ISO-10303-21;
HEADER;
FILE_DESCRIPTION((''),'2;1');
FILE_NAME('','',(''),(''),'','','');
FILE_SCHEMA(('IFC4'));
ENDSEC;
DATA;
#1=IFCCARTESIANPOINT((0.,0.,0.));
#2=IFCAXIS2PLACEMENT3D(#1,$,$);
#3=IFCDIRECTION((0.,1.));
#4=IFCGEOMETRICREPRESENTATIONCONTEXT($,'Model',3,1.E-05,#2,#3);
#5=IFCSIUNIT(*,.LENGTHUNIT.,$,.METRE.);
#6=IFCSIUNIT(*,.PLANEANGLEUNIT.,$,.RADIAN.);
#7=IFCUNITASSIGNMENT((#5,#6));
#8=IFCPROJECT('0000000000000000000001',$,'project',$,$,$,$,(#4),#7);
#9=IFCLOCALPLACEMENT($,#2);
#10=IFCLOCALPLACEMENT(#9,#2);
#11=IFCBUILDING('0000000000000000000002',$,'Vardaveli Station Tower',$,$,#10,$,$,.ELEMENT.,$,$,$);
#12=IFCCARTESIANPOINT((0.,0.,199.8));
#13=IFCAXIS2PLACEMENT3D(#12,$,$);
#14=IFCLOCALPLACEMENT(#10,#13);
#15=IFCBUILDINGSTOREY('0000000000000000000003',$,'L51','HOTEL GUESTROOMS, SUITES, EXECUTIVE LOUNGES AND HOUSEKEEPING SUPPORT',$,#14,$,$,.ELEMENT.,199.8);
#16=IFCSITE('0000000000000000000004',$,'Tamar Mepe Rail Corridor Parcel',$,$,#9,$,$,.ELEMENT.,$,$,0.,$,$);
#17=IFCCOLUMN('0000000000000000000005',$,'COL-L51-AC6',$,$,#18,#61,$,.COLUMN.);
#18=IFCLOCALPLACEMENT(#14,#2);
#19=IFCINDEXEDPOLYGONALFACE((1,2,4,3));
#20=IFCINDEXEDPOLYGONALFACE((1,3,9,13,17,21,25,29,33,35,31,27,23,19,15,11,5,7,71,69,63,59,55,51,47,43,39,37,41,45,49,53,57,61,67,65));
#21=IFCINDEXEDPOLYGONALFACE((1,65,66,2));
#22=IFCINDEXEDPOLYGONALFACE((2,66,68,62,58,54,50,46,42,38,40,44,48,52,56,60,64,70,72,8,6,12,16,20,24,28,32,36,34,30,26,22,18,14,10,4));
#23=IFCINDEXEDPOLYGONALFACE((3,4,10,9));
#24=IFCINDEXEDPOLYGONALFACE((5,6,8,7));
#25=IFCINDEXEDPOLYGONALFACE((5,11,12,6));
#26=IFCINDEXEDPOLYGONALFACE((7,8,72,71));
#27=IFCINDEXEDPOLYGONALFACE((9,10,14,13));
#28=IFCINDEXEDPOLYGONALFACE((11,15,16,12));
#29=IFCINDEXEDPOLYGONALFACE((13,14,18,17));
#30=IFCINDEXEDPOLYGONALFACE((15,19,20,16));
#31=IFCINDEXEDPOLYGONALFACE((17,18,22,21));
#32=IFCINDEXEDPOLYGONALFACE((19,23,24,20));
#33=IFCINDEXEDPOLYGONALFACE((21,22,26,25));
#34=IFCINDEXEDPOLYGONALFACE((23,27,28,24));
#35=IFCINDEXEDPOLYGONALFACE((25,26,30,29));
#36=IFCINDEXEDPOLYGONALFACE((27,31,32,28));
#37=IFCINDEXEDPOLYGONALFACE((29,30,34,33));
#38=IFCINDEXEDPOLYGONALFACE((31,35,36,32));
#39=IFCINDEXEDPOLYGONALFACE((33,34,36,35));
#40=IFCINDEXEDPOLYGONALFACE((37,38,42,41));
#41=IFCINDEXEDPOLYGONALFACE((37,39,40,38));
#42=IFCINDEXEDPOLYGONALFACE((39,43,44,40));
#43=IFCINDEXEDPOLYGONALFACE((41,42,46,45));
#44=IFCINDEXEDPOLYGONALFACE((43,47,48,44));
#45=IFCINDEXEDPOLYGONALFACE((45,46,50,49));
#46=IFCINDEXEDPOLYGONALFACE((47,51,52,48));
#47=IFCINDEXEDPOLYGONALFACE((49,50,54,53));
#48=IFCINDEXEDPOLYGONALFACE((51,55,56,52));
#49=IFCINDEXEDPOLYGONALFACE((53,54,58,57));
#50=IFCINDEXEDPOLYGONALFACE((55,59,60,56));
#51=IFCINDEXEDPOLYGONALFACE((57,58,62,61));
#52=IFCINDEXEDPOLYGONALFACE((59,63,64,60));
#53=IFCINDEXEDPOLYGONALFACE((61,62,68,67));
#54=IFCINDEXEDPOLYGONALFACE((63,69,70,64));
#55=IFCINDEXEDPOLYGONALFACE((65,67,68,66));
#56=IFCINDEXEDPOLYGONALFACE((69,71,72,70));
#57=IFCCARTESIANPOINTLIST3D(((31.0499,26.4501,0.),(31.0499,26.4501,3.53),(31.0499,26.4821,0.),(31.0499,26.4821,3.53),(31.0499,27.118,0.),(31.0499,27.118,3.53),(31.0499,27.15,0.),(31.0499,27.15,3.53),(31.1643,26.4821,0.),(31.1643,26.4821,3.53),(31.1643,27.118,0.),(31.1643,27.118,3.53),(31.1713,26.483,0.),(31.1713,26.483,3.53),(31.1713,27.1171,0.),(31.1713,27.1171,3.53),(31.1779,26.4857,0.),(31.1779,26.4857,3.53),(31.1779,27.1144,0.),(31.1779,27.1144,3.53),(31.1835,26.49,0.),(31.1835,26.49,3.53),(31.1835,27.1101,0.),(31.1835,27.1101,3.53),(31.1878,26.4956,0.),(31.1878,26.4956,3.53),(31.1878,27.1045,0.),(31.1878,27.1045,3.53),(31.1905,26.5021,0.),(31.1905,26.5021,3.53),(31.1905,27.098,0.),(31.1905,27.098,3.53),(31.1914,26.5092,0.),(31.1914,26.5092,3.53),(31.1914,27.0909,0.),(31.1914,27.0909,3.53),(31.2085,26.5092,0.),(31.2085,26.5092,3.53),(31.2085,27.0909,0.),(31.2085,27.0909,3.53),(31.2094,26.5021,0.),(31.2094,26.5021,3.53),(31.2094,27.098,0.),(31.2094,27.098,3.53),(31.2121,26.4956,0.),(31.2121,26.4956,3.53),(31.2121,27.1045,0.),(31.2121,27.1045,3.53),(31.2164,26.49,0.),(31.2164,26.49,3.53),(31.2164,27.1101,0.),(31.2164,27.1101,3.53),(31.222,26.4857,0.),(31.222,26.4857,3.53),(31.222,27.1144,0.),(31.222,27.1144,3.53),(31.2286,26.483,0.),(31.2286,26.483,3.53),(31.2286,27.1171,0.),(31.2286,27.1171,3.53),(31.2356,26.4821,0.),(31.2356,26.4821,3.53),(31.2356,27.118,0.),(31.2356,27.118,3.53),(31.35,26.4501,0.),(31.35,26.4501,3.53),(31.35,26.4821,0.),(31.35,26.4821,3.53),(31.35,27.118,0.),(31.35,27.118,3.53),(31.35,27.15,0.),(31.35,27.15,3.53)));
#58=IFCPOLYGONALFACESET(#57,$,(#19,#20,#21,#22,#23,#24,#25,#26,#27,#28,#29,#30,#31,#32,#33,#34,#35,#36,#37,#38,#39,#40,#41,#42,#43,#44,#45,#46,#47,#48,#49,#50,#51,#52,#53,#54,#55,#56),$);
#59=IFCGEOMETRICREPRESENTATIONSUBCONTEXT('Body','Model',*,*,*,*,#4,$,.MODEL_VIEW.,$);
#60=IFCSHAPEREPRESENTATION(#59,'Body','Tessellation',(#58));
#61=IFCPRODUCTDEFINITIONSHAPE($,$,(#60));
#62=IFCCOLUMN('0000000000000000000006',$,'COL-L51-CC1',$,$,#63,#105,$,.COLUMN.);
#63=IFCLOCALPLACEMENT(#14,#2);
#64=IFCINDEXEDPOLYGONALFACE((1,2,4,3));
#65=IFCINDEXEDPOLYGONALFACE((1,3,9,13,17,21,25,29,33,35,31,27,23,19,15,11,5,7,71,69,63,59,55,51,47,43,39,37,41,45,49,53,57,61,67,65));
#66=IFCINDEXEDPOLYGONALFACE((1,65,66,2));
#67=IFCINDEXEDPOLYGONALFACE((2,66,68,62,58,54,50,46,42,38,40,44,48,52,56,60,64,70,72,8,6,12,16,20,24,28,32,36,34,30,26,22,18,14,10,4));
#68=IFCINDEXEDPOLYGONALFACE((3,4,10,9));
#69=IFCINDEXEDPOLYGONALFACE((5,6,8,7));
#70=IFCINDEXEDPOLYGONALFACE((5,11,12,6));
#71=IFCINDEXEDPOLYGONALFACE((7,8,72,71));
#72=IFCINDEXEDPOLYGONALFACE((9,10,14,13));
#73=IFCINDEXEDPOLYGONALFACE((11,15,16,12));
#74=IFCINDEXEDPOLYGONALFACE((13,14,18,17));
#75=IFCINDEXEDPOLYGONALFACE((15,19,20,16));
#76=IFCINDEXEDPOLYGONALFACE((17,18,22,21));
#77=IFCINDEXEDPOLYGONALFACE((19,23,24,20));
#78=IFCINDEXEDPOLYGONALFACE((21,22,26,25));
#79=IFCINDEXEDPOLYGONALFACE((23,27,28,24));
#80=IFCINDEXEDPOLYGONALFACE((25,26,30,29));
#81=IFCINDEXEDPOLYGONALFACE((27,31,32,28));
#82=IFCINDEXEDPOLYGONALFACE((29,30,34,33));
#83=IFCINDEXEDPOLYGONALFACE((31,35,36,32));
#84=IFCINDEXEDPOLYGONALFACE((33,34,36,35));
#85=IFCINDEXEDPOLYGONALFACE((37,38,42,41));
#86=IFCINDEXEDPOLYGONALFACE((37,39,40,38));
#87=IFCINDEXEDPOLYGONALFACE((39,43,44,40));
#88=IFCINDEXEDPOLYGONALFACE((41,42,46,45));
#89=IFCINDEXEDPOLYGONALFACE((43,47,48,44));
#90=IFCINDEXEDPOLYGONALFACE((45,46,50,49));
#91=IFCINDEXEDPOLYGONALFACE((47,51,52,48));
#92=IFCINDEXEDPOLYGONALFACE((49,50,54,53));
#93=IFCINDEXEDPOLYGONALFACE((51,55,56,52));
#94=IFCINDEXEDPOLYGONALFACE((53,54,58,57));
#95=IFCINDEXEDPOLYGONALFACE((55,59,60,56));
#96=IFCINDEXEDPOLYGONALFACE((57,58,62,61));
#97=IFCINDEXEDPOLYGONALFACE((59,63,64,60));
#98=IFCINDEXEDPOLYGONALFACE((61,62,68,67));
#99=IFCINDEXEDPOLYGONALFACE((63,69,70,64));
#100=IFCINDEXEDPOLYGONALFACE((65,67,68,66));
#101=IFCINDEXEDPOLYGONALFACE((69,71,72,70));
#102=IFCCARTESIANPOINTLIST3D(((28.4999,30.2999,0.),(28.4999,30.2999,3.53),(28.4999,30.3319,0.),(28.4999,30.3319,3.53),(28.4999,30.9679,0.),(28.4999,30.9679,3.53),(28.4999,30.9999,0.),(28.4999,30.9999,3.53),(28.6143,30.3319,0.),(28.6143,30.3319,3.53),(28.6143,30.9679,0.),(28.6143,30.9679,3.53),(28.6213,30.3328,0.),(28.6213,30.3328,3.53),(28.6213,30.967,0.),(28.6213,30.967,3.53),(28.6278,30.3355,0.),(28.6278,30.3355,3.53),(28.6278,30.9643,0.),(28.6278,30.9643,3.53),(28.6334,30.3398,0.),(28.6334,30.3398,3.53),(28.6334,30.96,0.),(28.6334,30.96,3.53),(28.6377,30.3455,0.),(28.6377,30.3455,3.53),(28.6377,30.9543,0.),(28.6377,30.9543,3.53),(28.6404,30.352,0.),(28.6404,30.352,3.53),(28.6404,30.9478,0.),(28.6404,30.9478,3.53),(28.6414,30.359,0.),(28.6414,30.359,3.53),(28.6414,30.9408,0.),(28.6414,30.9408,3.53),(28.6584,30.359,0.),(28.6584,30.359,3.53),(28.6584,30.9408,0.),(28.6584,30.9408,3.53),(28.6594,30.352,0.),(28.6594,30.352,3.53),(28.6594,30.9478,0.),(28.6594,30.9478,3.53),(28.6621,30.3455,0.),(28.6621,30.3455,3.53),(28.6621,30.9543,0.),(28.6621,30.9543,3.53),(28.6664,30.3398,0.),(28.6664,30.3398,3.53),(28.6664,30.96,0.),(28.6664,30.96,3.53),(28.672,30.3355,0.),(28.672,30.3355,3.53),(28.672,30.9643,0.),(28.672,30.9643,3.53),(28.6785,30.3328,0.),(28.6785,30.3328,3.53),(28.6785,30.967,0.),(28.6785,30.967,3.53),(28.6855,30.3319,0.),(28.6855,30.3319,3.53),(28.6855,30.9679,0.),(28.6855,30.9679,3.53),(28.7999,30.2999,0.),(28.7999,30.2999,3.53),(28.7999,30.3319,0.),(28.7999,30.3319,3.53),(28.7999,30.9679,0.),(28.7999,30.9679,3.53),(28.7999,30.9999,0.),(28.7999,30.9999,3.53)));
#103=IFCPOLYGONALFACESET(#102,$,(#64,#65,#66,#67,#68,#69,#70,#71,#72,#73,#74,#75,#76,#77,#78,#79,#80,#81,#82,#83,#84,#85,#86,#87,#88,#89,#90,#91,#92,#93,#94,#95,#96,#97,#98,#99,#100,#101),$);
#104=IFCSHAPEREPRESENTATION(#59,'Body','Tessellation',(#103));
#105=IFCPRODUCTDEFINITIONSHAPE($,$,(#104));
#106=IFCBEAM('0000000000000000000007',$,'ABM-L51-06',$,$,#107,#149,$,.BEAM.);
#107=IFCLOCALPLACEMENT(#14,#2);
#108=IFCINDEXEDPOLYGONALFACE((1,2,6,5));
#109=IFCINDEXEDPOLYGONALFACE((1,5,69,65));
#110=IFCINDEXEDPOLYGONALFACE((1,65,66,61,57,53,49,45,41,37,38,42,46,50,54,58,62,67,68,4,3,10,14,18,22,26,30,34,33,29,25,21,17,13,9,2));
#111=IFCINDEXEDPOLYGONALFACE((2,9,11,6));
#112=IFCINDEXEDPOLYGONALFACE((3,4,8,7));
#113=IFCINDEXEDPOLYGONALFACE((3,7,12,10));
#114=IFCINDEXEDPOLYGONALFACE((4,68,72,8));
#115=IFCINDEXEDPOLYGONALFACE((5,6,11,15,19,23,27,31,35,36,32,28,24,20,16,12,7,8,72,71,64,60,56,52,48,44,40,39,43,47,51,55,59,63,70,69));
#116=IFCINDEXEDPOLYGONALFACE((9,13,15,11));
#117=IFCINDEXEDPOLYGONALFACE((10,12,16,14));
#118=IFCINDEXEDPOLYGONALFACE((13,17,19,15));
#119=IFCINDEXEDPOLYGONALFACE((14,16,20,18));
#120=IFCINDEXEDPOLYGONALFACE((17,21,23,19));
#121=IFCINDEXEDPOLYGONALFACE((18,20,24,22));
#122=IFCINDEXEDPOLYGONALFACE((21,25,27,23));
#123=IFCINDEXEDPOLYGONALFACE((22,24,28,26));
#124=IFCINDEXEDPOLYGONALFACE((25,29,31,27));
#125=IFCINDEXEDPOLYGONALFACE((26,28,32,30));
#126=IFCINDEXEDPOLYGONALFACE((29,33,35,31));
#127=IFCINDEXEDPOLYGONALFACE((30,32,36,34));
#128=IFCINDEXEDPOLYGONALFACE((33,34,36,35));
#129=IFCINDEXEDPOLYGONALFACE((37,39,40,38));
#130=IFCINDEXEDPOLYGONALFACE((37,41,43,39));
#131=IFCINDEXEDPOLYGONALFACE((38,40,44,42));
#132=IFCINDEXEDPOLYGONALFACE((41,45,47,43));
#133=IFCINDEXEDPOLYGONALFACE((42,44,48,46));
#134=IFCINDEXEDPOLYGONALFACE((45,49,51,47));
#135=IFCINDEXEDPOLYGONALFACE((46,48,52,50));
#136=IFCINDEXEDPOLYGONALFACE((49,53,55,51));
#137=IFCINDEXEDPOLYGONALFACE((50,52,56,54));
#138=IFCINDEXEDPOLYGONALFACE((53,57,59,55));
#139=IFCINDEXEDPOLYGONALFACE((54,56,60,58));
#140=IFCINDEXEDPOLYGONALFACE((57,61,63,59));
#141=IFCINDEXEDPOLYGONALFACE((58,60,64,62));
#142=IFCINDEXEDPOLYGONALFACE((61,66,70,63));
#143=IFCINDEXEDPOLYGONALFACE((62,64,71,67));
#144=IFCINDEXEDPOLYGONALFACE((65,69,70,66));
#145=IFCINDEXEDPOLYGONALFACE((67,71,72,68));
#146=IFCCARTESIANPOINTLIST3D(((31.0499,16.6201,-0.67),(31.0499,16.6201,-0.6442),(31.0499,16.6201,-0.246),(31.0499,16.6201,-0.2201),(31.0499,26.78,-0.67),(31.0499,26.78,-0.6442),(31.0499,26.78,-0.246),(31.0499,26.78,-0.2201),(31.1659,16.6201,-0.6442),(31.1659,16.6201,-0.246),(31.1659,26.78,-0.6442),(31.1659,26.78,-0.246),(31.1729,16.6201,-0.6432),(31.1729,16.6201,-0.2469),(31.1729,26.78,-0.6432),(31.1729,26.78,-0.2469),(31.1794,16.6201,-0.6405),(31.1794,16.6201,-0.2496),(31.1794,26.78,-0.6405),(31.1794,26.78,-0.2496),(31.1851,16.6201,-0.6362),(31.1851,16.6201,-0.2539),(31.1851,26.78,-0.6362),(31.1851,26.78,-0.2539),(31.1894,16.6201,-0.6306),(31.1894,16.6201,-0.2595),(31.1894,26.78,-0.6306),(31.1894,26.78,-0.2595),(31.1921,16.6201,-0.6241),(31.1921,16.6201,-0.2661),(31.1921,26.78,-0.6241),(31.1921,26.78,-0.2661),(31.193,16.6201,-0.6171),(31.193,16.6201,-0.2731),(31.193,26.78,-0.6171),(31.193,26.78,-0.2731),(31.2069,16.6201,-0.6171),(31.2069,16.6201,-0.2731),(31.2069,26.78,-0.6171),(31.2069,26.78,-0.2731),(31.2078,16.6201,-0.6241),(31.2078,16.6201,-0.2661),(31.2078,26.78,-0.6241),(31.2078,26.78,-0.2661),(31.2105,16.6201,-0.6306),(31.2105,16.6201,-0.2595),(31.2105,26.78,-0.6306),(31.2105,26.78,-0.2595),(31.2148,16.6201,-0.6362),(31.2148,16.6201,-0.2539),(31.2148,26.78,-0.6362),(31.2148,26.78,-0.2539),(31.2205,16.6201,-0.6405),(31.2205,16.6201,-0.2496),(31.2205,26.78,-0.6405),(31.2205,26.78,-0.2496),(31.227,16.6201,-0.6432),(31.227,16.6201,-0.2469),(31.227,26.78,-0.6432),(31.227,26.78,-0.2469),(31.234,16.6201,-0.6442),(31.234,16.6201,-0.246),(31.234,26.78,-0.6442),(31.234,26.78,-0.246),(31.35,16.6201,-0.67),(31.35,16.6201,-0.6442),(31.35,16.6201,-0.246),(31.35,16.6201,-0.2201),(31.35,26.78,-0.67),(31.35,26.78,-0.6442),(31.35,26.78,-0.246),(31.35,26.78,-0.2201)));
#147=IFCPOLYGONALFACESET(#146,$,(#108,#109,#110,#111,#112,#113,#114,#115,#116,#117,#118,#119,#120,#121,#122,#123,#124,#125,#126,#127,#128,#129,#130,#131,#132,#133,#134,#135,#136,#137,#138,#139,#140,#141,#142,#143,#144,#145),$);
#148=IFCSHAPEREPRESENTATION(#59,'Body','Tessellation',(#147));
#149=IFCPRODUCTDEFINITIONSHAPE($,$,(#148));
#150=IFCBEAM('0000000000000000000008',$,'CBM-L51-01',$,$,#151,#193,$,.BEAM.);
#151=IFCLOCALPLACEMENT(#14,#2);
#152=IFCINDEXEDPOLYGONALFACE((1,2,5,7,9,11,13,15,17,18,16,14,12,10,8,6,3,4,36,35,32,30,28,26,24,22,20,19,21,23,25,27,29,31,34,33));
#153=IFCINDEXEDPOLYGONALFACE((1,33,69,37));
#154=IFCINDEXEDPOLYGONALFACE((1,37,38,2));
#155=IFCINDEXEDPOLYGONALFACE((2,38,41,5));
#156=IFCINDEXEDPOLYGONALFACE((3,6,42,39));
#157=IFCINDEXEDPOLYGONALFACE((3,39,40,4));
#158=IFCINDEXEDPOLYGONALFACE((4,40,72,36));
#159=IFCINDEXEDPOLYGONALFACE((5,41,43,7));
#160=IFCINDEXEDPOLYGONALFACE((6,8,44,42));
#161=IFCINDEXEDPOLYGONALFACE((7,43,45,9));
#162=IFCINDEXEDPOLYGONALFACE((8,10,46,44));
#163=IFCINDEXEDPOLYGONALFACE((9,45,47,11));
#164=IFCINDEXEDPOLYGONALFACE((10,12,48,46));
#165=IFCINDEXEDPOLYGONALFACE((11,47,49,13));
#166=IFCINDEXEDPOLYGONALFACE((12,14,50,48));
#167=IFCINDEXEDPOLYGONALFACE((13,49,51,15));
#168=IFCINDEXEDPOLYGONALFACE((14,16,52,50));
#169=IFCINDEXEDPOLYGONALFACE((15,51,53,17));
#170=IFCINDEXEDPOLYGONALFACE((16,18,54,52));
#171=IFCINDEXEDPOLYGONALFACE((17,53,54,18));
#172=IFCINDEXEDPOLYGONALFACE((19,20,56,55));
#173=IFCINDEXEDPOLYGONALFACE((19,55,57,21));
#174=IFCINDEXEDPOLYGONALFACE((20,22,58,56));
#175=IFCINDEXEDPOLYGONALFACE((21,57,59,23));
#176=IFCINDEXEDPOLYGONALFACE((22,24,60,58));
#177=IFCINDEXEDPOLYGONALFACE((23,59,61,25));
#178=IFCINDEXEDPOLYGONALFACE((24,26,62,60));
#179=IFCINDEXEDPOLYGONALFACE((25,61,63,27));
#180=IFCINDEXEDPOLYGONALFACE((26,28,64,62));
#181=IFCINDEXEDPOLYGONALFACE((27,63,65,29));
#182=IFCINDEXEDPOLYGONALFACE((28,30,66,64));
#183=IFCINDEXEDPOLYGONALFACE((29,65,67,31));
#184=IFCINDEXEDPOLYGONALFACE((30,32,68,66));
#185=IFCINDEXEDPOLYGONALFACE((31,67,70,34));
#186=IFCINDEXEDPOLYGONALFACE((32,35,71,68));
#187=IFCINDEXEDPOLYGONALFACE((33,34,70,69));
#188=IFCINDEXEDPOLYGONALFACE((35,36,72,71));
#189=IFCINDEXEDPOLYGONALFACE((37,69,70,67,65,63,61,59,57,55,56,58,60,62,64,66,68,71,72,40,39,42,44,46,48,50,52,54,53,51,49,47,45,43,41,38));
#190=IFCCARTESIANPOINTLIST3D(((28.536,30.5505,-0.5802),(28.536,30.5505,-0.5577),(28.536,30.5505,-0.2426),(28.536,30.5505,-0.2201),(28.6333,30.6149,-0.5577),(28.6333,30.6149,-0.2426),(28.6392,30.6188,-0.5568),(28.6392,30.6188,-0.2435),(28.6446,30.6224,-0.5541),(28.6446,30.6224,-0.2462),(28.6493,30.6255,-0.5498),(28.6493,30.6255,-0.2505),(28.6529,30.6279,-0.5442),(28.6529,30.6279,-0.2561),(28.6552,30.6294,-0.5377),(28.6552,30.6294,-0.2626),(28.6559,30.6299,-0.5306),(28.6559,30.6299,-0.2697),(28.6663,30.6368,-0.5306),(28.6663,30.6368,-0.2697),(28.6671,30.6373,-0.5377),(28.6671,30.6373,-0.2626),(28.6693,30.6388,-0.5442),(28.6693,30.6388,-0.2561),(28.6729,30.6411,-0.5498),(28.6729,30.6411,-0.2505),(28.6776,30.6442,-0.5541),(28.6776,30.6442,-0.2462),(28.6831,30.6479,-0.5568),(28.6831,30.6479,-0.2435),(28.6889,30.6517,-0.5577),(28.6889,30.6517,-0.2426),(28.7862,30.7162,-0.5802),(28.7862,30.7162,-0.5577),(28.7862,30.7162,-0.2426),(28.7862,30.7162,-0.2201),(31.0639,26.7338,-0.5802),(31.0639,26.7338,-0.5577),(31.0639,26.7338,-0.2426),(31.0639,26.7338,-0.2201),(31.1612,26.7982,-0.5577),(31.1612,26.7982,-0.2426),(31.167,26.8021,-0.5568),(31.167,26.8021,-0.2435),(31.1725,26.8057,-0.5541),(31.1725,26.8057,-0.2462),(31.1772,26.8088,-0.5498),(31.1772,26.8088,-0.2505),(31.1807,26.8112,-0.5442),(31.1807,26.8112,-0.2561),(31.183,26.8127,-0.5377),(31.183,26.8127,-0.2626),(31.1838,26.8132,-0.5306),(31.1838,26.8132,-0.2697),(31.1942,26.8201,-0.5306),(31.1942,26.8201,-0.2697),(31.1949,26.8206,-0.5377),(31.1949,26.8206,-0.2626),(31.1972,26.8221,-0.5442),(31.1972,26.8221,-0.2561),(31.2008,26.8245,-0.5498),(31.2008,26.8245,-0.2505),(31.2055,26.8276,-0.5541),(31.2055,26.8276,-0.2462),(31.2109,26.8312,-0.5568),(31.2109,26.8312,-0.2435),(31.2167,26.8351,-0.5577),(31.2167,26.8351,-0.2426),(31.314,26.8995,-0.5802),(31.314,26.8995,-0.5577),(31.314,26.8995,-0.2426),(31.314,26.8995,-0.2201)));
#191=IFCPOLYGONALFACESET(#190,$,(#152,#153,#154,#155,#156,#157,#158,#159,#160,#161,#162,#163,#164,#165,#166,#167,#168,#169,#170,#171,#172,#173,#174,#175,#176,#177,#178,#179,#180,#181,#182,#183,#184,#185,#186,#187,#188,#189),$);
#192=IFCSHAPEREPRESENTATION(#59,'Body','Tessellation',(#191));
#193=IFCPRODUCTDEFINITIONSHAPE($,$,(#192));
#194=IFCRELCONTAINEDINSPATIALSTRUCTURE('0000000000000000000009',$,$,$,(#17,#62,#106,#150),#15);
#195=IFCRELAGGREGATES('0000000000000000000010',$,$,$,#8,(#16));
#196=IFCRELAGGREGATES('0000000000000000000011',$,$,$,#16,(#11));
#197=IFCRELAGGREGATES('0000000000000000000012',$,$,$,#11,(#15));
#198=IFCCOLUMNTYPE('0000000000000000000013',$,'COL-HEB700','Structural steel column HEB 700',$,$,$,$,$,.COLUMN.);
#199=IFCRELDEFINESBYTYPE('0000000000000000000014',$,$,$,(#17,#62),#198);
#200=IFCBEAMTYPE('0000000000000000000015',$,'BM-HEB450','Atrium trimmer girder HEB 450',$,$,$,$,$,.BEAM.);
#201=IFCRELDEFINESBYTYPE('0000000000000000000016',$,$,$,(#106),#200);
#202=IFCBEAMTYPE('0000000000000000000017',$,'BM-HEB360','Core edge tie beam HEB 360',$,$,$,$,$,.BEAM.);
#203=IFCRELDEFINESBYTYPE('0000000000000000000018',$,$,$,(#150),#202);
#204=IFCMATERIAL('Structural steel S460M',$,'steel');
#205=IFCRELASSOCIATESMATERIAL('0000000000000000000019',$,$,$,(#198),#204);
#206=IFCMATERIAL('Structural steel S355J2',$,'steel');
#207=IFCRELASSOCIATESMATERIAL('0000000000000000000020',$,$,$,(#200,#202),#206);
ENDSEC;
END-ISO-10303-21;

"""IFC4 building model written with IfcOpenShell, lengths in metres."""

from ifc_helpers import new_model, si_unit, direction, frame, origin, origin_2d, place, context, subcontext, project, spatial, i_section, extrude, source, transform, mapped, material, material_profile, profile_set, type_object, element, save


model = new_model("IFC4")

# Units and contexts
model_context = context("Model", 3, precision=1e-05, world=origin(), true_north=direction((0.0, 1.0)))
body_context = subcontext(model_context, "Body", "Model", "MODEL_VIEW")
ifc_project = project(units=[si_unit("LENGTHUNIT", "METRE"), si_unit("PLANEANGLEUNIT", "RADIAN")], contexts=[model_context])

# Site, building, storey
site_placement = place(None, origin())
site = spatial("IfcSite", under=ifc_project, at=site_placement, Name="Tamar Mepe Rail Corridor Parcel", CompositionType="ELEMENT", RefElevation=0.0)
building_placement = place(site_placement, origin())
building = spatial("IfcBuilding", under=site, at=building_placement, Name="Vardaveli Station Tower", CompositionType="ELEMENT")
storey_placement = place(building_placement, frame((0.0, 0.0, 199.8)))
storey = spatial("IfcBuildingStorey", under=building, at=storey_placement, Name="L51", Description="HOTEL GUESTROOMS, SUITES, EXECUTIVE LOUNGES AND HOUSEKEEPING SUPPORT", CompositionType="ELEMENT", Elevation=199.8)

# Columns
ifc_material_1 = material(Name="Structural steel S460M", Category="steel")
ifc_material_profile_1 = material_profile(ifc_material_1, i_section(OverallWidth=0.3, OverallDepth=0.7, WebThickness=0.0171, FlangeThickness=0.032, FilletRadius=0.0271, at=origin_2d()), Name="HEB 700")
ifc_profile_set_1 = profile_set([ifc_material_profile_1], Name="Structural steel S460M")
column_type = type_object("IfcColumnType", Name="COL-HEB700", Description="Structural steel column HEB 700", PredefinedType="COLUMN", material=ifc_profile_set_1)
shared_shape_1 = source(origin(), body_context, "Body", "SweptSolid", [
    extrude(i_section(OverallWidth=0.3, OverallDepth=0.7, WebThickness=0.0171, FlangeThickness=0.032, FilletRadius=0.0271, at=origin_2d()), origin(), (0.0, 0.0, 1.0), 3.53),
])
for number, where, z_axis, x_axis, name in (
    (1, (31.2, 26.8, 0.0), (0.0, 0.0, 1.0), (1.0, 0.0, 0.0), "COL-L51-AC6"),
    (2, (28.6499, 30.6499, 0.0), (0.0, 0.0, 1.0), (1.0, 0.0, 0.0), "COL-L51-CC1"),
):
    element("IfcColumn", number, at=place(storey_placement, frame(where, z_axis=z_axis, x_axis=x_axis)), inside=storey, type_object=column_type, Name=name, PredefinedType="COLUMN", context=body_context, shape_type="MappedRepresentation", body=[
        mapped(shared_shape_1, transform((0.0, 0.0, 0.0), scale=1.0)),
    ])

# Beams
ifc_material_2 = material(Name="Structural steel S355J2", Category="steel")
ifc_material_profile_2 = material_profile(ifc_material_2, i_section(OverallWidth=0.3, OverallDepth=0.45, WebThickness=0.0139, FlangeThickness=0.0259, FilletRadius=0.0271, at=origin_2d()), Name="HEB 450")
ifc_profile_set_2 = profile_set([ifc_material_profile_2], Name="Structural steel S355J2")
beam_type_1 = type_object("IfcBeamType", Name="BM-HEB450", Description="Atrium trimmer girder HEB 450", PredefinedType="BEAM", material=ifc_profile_set_2)
shared_shape_2 = source(origin(), body_context, "Body", "SweptSolid", [
    extrude(i_section(OverallWidth=0.3, OverallDepth=0.45, WebThickness=0.0139, FlangeThickness=0.0259, FilletRadius=0.0271, at=origin_2d()), origin(), (0.0, 0.0, 1.0), 10.1599),
])
beam_1_placement = place(storey_placement, frame((31.2, 26.78, -0.4451), z_axis=(0.0, -1.0, 0.0), x_axis=(1.0, 0.0, 0.0)))
element("IfcBeam", 3, at=beam_1_placement, inside=storey, type_object=beam_type_1, Name="ABM-L51-06", PredefinedType="BEAM", context=body_context, shape_type="MappedRepresentation", body=[
    mapped(shared_shape_2, transform((0.0, 0.0, 0.0), scale=1.0)),
])
ifc_material_profile_3 = material_profile(ifc_material_2, i_section(OverallWidth=0.3, OverallDepth=0.3601, WebThickness=0.0125, FlangeThickness=0.0225, FilletRadius=0.0271, at=origin_2d()), Name="HEB 360")
ifc_profile_set_3 = profile_set([ifc_material_profile_3], Name="Structural steel S355J2")
beam_type_2 = type_object("IfcBeamType", Name="BM-HEB360", Description="Core edge tie beam HEB 360", PredefinedType="BEAM", material=ifc_profile_set_3)
shared_shape_3 = source(origin(), body_context, "Body", "SweptSolid", [
    extrude(i_section(OverallWidth=0.3, OverallDepth=0.3601, WebThickness=0.0125, FlangeThickness=0.0225, FilletRadius=0.0271, at=origin_2d()), origin(), (0.0, 0.0, 1.0), 4.5779),
])
beam_2_placement = place(storey_placement, frame((31.189, 26.8167, -0.4001), z_axis=(-0.552187, 0.83372, 0.0), x_axis=(-0.83372, -0.552187, 0.0)))
element("IfcBeam", 4, at=beam_2_placement, inside=storey, type_object=beam_type_2, Name="CBM-L51-01", PredefinedType="BEAM", context=body_context, shape_type="MappedRepresentation", body=[
    mapped(shared_shape_3, transform((0.0, 0.0, 0.0), scale=1.0)),
])

save(model, "model.ifc")
